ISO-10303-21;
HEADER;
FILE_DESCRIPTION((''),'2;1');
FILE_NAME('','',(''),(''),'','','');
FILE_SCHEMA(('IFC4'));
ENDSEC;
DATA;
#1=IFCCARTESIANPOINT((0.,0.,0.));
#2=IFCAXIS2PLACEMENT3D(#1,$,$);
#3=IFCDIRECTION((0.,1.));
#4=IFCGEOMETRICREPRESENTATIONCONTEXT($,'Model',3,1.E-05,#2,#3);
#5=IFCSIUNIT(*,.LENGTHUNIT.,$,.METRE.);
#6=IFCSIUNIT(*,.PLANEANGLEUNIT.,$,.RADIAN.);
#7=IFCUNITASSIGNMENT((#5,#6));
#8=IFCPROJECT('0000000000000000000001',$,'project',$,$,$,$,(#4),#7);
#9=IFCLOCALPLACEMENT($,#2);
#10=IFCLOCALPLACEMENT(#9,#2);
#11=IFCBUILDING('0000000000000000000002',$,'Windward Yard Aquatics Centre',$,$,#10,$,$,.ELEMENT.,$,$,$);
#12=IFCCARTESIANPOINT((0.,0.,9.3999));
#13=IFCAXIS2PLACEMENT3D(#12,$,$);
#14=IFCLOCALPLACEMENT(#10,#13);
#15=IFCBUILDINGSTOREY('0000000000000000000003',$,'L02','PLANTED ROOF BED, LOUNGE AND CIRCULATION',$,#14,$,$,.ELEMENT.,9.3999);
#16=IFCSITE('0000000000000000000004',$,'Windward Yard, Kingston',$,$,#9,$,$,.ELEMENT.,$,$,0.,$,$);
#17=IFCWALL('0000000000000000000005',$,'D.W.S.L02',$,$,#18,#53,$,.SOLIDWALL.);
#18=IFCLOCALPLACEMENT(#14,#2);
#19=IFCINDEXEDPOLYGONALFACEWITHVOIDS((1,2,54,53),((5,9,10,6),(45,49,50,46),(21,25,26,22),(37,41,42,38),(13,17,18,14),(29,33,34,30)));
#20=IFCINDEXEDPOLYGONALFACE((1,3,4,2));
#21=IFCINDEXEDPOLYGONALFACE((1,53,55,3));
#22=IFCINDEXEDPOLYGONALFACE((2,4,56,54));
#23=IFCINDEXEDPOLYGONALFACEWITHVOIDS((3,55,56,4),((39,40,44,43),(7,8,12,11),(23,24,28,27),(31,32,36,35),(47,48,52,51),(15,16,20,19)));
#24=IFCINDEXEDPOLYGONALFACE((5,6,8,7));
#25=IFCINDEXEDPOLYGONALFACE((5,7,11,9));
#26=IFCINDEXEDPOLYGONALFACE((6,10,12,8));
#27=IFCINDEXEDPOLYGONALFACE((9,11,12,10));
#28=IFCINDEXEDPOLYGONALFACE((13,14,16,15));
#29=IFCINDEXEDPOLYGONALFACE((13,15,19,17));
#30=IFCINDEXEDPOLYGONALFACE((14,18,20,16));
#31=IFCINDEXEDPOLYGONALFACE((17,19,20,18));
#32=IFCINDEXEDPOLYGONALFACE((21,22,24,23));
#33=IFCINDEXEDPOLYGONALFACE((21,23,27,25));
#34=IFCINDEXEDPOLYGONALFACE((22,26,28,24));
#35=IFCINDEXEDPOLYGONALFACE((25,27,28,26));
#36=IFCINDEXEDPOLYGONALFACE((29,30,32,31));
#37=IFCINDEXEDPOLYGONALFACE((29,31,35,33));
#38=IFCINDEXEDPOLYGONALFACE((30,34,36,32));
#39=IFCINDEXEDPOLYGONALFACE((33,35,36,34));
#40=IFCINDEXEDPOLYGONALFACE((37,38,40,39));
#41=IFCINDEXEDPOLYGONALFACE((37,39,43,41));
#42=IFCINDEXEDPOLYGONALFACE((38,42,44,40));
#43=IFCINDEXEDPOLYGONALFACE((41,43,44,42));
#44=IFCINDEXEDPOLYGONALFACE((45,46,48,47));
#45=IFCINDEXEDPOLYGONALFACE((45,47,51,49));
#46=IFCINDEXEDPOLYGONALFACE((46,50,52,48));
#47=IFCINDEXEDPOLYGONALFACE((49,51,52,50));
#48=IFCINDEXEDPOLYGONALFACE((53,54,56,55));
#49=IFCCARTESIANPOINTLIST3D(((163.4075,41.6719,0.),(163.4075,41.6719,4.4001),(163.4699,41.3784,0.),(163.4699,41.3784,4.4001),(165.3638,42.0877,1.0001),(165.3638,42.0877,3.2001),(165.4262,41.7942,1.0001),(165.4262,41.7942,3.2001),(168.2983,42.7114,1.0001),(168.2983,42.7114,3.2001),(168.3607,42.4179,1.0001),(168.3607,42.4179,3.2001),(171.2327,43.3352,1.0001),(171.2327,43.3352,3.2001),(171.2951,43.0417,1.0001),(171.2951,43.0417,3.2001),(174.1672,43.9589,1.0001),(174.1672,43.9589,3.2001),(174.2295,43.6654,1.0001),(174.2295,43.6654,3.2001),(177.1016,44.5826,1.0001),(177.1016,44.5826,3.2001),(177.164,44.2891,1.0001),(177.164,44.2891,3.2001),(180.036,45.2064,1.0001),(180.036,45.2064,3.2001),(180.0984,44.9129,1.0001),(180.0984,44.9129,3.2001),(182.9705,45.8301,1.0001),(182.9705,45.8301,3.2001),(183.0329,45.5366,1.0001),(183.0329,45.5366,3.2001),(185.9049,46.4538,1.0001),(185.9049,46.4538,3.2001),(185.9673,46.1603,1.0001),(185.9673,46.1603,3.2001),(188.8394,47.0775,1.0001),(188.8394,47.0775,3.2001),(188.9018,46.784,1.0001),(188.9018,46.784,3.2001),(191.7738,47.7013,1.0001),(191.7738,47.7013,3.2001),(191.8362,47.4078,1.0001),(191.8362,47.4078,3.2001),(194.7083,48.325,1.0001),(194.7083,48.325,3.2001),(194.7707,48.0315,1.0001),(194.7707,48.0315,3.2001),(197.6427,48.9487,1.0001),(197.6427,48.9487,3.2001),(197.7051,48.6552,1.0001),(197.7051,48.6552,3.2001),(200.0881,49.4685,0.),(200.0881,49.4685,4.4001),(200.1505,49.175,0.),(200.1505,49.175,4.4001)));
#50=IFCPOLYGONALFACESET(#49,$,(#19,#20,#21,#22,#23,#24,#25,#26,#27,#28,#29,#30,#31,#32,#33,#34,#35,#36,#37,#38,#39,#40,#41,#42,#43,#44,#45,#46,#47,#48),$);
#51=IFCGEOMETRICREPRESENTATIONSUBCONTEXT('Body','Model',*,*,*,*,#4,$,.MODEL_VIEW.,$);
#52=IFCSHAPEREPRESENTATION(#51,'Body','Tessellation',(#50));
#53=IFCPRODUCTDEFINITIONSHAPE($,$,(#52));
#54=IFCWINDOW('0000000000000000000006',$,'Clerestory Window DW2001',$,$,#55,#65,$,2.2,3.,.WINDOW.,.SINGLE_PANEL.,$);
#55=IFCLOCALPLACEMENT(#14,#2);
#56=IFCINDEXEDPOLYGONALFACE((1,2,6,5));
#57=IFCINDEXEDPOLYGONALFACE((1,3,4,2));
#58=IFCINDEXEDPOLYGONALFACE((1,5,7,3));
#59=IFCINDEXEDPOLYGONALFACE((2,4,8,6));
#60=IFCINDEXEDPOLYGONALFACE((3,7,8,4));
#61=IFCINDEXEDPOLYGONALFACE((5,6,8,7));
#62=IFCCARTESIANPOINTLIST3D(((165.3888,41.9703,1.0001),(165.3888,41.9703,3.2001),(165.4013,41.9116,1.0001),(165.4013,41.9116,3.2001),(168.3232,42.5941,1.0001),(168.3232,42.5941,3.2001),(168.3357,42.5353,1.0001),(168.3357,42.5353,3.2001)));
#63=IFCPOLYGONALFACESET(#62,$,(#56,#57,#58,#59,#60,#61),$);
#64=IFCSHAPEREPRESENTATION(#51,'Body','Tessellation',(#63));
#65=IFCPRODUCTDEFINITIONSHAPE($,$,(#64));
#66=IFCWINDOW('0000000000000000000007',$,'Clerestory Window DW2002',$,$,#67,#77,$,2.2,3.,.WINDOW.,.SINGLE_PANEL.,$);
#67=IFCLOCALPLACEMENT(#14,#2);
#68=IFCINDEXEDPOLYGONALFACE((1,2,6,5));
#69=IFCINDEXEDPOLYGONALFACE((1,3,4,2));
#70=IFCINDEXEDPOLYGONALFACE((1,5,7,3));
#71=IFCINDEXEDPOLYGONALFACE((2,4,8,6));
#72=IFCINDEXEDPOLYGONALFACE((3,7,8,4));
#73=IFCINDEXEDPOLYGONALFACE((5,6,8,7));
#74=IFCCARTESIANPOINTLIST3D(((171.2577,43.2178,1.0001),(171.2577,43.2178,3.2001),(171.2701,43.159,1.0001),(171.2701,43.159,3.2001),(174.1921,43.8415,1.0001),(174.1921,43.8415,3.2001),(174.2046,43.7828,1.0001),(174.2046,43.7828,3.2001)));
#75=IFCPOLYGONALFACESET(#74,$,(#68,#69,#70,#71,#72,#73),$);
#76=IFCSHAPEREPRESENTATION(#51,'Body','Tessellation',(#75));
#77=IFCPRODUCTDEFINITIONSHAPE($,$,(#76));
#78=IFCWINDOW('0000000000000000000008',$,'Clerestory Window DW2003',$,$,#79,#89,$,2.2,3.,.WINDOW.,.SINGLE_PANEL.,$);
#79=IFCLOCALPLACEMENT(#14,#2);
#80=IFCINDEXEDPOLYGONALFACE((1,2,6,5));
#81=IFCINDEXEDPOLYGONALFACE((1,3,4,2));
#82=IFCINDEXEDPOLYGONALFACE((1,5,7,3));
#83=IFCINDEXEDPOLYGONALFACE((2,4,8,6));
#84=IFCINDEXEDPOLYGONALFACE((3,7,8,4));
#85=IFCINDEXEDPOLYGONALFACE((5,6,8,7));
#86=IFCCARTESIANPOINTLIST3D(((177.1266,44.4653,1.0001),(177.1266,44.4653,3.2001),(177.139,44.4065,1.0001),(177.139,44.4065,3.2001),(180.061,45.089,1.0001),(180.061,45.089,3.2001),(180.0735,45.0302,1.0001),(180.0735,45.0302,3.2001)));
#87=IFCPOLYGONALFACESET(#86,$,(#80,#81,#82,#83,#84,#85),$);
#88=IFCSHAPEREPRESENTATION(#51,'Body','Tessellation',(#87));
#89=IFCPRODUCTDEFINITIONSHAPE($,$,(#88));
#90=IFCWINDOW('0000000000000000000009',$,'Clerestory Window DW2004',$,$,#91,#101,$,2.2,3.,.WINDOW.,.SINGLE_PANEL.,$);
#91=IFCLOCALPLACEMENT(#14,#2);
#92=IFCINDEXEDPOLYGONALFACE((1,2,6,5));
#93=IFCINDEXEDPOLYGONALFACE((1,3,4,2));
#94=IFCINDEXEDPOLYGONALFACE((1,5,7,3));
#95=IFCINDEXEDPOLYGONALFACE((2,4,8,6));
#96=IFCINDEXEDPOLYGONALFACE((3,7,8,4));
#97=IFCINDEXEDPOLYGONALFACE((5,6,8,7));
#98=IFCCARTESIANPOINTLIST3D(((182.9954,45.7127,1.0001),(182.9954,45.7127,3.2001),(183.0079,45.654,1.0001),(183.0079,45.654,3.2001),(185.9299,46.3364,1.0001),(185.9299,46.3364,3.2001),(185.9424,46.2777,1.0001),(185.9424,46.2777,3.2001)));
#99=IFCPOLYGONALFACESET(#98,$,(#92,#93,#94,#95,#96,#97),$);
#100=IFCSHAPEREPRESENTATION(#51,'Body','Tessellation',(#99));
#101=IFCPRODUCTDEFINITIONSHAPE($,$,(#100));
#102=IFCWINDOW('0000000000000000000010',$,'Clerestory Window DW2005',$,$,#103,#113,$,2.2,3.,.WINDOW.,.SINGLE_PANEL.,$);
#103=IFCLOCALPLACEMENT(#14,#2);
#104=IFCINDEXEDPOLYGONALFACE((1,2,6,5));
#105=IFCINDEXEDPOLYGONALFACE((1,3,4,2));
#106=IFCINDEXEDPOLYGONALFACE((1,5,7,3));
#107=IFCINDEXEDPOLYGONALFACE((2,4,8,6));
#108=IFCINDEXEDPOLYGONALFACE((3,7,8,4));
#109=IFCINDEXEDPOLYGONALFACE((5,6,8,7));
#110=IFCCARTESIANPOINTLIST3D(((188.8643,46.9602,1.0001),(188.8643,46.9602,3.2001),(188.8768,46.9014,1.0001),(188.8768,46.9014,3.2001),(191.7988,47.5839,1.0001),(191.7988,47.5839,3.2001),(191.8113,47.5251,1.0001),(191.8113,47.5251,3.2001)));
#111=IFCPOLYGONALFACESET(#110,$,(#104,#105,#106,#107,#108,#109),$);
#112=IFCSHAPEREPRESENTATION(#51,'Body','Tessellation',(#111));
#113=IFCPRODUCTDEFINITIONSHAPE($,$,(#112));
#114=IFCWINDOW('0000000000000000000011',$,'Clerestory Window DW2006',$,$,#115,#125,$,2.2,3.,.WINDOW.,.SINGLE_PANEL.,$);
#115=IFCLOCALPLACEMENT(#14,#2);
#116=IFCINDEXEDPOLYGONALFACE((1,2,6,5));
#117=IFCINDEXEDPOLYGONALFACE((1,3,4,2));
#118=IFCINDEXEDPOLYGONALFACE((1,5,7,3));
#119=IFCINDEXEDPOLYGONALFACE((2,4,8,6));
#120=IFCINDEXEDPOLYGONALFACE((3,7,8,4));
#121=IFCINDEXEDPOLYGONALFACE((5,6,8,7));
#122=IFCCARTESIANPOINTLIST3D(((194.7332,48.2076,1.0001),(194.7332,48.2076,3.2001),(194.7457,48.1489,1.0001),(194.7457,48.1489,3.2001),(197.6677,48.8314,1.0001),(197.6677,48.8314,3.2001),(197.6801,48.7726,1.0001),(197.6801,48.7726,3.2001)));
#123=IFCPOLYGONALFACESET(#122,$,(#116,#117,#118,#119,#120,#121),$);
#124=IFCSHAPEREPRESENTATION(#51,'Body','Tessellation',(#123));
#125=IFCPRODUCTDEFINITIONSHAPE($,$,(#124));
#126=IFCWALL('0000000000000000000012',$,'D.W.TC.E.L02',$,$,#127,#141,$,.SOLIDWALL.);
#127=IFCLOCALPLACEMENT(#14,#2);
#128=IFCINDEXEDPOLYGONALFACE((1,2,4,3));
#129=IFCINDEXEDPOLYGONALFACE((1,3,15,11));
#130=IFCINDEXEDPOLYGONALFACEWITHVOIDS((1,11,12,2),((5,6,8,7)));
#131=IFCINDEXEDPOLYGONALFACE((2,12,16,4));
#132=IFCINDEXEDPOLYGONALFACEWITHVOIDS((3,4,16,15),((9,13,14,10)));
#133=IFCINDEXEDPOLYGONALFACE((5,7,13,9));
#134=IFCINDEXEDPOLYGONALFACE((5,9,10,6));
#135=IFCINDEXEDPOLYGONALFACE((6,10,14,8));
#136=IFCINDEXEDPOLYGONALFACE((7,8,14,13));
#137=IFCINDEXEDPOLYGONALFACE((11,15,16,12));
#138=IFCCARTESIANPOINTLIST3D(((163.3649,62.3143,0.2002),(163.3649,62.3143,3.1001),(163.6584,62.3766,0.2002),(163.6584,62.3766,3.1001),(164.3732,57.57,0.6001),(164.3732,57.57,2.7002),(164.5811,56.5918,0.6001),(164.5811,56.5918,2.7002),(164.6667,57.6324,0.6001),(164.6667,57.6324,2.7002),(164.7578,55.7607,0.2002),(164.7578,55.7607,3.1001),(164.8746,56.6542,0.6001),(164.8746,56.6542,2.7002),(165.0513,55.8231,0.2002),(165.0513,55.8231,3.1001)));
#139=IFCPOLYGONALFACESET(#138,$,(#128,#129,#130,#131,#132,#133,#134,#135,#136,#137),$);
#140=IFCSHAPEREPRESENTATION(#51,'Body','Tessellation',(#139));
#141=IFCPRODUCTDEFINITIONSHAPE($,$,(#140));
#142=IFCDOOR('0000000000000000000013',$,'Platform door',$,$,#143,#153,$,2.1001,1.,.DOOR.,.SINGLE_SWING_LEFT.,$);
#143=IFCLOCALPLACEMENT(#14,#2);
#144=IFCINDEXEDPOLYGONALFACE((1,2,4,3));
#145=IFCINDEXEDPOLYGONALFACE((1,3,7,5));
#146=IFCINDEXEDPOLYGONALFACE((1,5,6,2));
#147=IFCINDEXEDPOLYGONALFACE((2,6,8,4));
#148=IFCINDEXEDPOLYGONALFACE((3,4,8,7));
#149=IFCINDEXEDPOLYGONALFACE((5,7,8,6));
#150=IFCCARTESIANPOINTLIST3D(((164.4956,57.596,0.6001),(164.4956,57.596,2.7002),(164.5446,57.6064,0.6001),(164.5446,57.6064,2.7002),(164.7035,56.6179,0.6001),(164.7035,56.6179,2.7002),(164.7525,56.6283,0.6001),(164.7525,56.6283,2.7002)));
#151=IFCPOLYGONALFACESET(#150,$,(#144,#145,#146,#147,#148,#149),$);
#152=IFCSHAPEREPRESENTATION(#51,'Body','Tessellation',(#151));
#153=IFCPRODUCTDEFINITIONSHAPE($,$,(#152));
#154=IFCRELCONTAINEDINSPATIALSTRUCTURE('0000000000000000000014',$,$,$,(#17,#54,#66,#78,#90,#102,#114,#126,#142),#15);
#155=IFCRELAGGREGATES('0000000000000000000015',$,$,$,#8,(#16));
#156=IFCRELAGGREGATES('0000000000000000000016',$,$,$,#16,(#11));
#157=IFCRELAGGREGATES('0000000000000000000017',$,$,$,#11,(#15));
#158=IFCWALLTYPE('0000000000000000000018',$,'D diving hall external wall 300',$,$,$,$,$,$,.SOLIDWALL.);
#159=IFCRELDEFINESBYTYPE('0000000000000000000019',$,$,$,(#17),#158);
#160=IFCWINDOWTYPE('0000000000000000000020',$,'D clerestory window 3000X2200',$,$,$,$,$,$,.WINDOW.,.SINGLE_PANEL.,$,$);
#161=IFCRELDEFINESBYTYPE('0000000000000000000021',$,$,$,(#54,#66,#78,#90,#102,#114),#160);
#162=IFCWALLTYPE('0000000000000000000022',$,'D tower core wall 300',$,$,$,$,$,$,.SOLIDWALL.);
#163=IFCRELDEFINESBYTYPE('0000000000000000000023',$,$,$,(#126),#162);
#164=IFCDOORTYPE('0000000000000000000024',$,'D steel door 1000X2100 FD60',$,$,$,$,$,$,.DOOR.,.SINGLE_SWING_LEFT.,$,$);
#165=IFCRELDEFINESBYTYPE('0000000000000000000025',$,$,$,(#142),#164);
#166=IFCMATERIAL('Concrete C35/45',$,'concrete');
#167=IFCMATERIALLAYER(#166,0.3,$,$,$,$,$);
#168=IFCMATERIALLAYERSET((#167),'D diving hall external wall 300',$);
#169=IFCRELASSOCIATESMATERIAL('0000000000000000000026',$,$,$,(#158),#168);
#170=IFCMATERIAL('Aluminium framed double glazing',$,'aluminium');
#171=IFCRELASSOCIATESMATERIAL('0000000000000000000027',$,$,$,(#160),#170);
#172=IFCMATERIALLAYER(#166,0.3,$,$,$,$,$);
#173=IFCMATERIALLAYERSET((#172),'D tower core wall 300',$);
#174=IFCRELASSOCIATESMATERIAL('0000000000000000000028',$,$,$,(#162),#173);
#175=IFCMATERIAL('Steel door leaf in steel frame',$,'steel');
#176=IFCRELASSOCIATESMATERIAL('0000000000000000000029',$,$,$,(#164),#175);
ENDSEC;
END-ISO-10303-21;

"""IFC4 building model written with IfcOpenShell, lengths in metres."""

from ifc_helpers import new_model, si_unit, direction, frame, frame_2d, origin, place, context, subcontext, project, spatial, rectangle, extrude, material, layer, layer_set, type_object, element, fill, save


model = new_model("IFC4")

# Units and contexts
model_context = context("Model", 3, precision=1e-05, world=origin(), true_north=direction((0.0, 1.0)))
body_context = subcontext(model_context, "Body", "Model", "MODEL_VIEW")
ifc_project = project(units=[si_unit("LENGTHUNIT", "METRE"), si_unit("PLANEANGLEUNIT", "RADIAN")], contexts=[model_context])

# Site, building, storey
site_placement = place(None, origin())
site = spatial("IfcSite", under=ifc_project, at=site_placement, Name="Windward Yard, Kingston", CompositionType="ELEMENT", RefElevation=0.0)
building_placement = place(site_placement, origin())
building = spatial("IfcBuilding", under=site, at=building_placement, Name="Windward Yard Aquatics Centre", CompositionType="ELEMENT")
storey_placement = place(building_placement, frame((0.0, 0.0, 9.3999)))
storey = spatial("IfcBuildingStorey", under=building, at=storey_placement, Name="L02", Description="PLANTED ROOF BED, LOUNGE AND CIRCULATION", CompositionType="ELEMENT", Elevation=9.3999)

# Wall, openings, windows
ifc_material_1 = material(Name="Concrete C35/45", Category="concrete")
ifc_layer_1 = layer(ifc_material_1, 0.3)
ifc_layer_set_1 = layer_set([ifc_layer_1], Name="D diving hall external wall 300")
wall_type_1 = type_object("IfcWallType", Name="D diving hall external wall 300", PredefinedType="SOLIDWALL", material=ifc_layer_set_1)
wall_1_placement = place(storey_placement, frame((163.4387, 41.5251, 0.0), z_axis=(0.0, 0.0, 1.0), x_axis=(0.978148, 0.20791, 0.0)))
wall_1 = element("IfcWall", 1, at=wall_1_placement, inside=storey, type_object=wall_type_1, Name="D.W.S.L02", PredefinedType="SOLIDWALL", context=body_context, shape_type="SweptSolid", body=[
    extrude(rectangle(XDim=37.5, YDim=0.3, at=frame_2d((18.75, 0.0))), origin(), (0.0, 0.0, 1.0), 4.4001),
])
opening_1_placement = place(wall_1_placement, frame((2.0, 0.0, 1.0)))
opening_1 = element("IfcOpeningElement", 2, at=opening_1_placement, cuts=wall_1, PredefinedType="OPENING", context=body_context, shape_type="SweptSolid", body=[
    extrude(rectangle(XDim=3.0, YDim=2.2, at=frame_2d((1.5, 1.1001))), frame((0.0, 0.1602, 0.0), z_axis=(0.0, -1.0, 0.0), x_axis=(1.0, 0.0, 0.0)), (0.0, 0.0, 1.0), 0.3201),
])
opening_2_placement = place(wall_1_placement, frame((8.0, 0.0, 1.0)))
opening_2 = element("IfcOpeningElement", 3, at=opening_2_placement, cuts=wall_1, PredefinedType="OPENING", context=body_context, shape_type="SweptSolid", body=[
    extrude(rectangle(XDim=3.0, YDim=2.2, at=frame_2d((1.5, 1.1001))), frame((0.0, 0.1602, 0.0), z_axis=(0.0, -1.0, 0.0), x_axis=(1.0, 0.0, 0.0)), (0.0, 0.0, 1.0), 0.3201),
])
opening_3_placement = place(wall_1_placement, frame((14.0, 0.0, 1.0)))
opening_3 = element("IfcOpeningElement", 4, at=opening_3_placement, cuts=wall_1, PredefinedType="OPENING", context=body_context, shape_type="SweptSolid", body=[
    extrude(rectangle(XDim=3.0, YDim=2.2, at=frame_2d((1.5, 1.1001))), frame((0.0, 0.1602, 0.0), z_axis=(0.0, -1.0, 0.0), x_axis=(1.0, 0.0, 0.0)), (0.0, 0.0, 1.0), 0.3201),
])
opening_4_placement = place(wall_1_placement, frame((20.0, 0.0, 1.0)))
opening_4 = element("IfcOpeningElement", 5, at=opening_4_placement, cuts=wall_1, PredefinedType="OPENING", context=body_context, shape_type="SweptSolid", body=[
    extrude(rectangle(XDim=3.0, YDim=2.2, at=frame_2d((1.5, 1.1001))), frame((0.0, 0.1602, 0.0), z_axis=(0.0, -1.0, 0.0), x_axis=(1.0, 0.0, 0.0)), (0.0, 0.0, 1.0), 0.3201),
])
opening_5_placement = place(wall_1_placement, frame((26.0, 0.0, 1.0)))
opening_5 = element("IfcOpeningElement", 6, at=opening_5_placement, cuts=wall_1, PredefinedType="OPENING", context=body_context, shape_type="SweptSolid", body=[
    extrude(rectangle(XDim=3.0, YDim=2.2, at=frame_2d((1.5, 1.1001))), frame((0.0, 0.1602, 0.0), z_axis=(0.0, -1.0, 0.0), x_axis=(1.0, 0.0, 0.0)), (0.0, 0.0, 1.0), 0.3201),
])
opening_6_placement = place(wall_1_placement, frame((32.0, 0.0, 1.0)))
opening_6 = element("IfcOpeningElement", 7, at=opening_6_placement, cuts=wall_1, PredefinedType="OPENING", context=body_context, shape_type="SweptSolid", body=[
    extrude(rectangle(XDim=3.0, YDim=2.2, at=frame_2d((1.5, 1.1001))), frame((0.0, 0.1602, 0.0), z_axis=(0.0, -1.0, 0.0), x_axis=(1.0, 0.0, 0.0)), (0.0, 0.0, 1.0), 0.3201),
])
ifc_material_2 = material(Name="Aluminium framed double glazing", Category="aluminium")
window_type = type_object("IfcWindowType", Name="D clerestory window 3000X2200", PartitioningType="SINGLE_PANEL", PredefinedType="WINDOW", material=ifc_material_2)
window_1_placement = place(opening_1_placement, origin())
window_1 = element("IfcWindow", 8, at=window_1_placement, inside=storey, type_object=window_type, Name="Clerestory Window DW2001", OverallHeight=2.2, OverallWidth=3.0, PartitioningType="SINGLE_PANEL", PredefinedType="WINDOW", context=body_context, shape_type="SweptSolid", body=[
    extrude(rectangle(XDim=3.0, YDim=2.2, at=frame_2d((1.5, 1.1001))), frame((0.0, 0.03, 0.0), z_axis=(0.0, -1.0, 0.0), x_axis=(1.0, 0.0, 0.0)), (0.0, 0.0, 1.0), 0.0601),
])
fill(opening_1, window_1)
window_2_placement = place(opening_2_placement, origin())
window_2 = element("IfcWindow", 9, at=window_2_placement, inside=storey, type_object=window_type, Name="Clerestory Window DW2002", OverallHeight=2.2, OverallWidth=3.0, PartitioningType="SINGLE_PANEL", PredefinedType="WINDOW", context=body_context, shape_type="SweptSolid", body=[
    extrude(rectangle(XDim=3.0, YDim=2.2, at=frame_2d((1.5, 1.1001))), frame((0.0, 0.03, 0.0), z_axis=(0.0, -1.0, 0.0), x_axis=(1.0, 0.0, 0.0)), (0.0, 0.0, 1.0), 0.0601),
])
fill(opening_2, window_2)
window_3_placement = place(opening_3_placement, origin())
window_3 = element("IfcWindow", 10, at=window_3_placement, inside=storey, type_object=window_type, Name="Clerestory Window DW2003", OverallHeight=2.2, OverallWidth=3.0, PartitioningType="SINGLE_PANEL", PredefinedType="WINDOW", context=body_context, shape_type="SweptSolid", body=[
    extrude(rectangle(XDim=3.0, YDim=2.2, at=frame_2d((1.5, 1.1001))), frame((0.0, 0.03, 0.0), z_axis=(0.0, -1.0, 0.0), x_axis=(1.0, 0.0, 0.0)), (0.0, 0.0, 1.0), 0.0601),
])
fill(opening_3, window_3)
window_4_placement = place(opening_4_placement, origin())
window_4 = element("IfcWindow", 11, at=window_4_placement, inside=storey, type_object=window_type, Name="Clerestory Window DW2004", OverallHeight=2.2, OverallWidth=3.0, PartitioningType="SINGLE_PANEL", PredefinedType="WINDOW", context=body_context, shape_type="SweptSolid", body=[
    extrude(rectangle(XDim=3.0, YDim=2.2, at=frame_2d((1.5, 1.1001))), frame((0.0, 0.03, 0.0), z_axis=(0.0, -1.0, 0.0), x_axis=(1.0, 0.0, 0.0)), (0.0, 0.0, 1.0), 0.0601),
])
fill(opening_4, window_4)
window_5_placement = place(opening_5_placement, origin())
window_5 = element("IfcWindow", 12, at=window_5_placement, inside=storey, type_object=window_type, Name="Clerestory Window DW2005", OverallHeight=2.2, OverallWidth=3.0, PartitioningType="SINGLE_PANEL", PredefinedType="WINDOW", context=body_context, shape_type="SweptSolid", body=[
    extrude(rectangle(XDim=3.0, YDim=2.2, at=frame_2d((1.5, 1.1001))), frame((0.0, 0.03, 0.0), z_axis=(0.0, -1.0, 0.0), x_axis=(1.0, 0.0, 0.0)), (0.0, 0.0, 1.0), 0.0601),
])
fill(opening_5, window_5)
window_6_placement = place(opening_6_placement, origin())
window_6 = element("IfcWindow", 13, at=window_6_placement, inside=storey, type_object=window_type, Name="Clerestory Window DW2006", OverallHeight=2.2, OverallWidth=3.0, PartitioningType="SINGLE_PANEL", PredefinedType="WINDOW", context=body_context, shape_type="SweptSolid", body=[
    extrude(rectangle(XDim=3.0, YDim=2.2, at=frame_2d((1.5, 1.1001))), frame((0.0, 0.03, 0.0), z_axis=(0.0, -1.0, 0.0), x_axis=(1.0, 0.0, 0.0)), (0.0, 0.0, 1.0), 0.0601),
])
fill(opening_6, window_6)

# Wall, opening, door
ifc_layer_2 = layer(ifc_material_1, 0.3)
ifc_layer_set_2 = layer_set([ifc_layer_2], Name="D tower core wall 300")
wall_type_2 = type_object("IfcWallType", Name="D tower core wall 300", PredefinedType="SOLIDWALL", material=ifc_layer_set_2)
wall_2_placement = place(storey_placement, frame((164.9045, 55.7917, 0.2002), z_axis=(0.0, 0.0, 1.0), x_axis=(-0.207889, 0.978152, 0.0)))
wall_2 = element("IfcWall", 14, at=wall_2_placement, inside=storey, type_object=wall_type_2, Name="D.W.TC.E.L02", PredefinedType="SOLIDWALL", context=body_context, shape_type="SweptSolid", body=[
    extrude(rectangle(XDim=6.7, YDim=0.3, at=frame_2d((3.3501, 0.0))), origin(), (0.0, 0.0, 1.0), 2.8999),
])
opening_7_placement = place(wall_2_placement, frame((0.8499, 0.0, 0.3999)))
opening_7 = element("IfcOpeningElement", 15, at=opening_7_placement, cuts=wall_2, PredefinedType="OPENING", context=body_context, shape_type="SweptSolid", body=[
    extrude(rectangle(XDim=1.0, YDim=2.1001, at=frame_2d((0.5, 1.05))), frame((0.0, 0.1602, 0.0), z_axis=(0.0, -1.0, 0.0), x_axis=(1.0, 0.0, 0.0)), (0.0, 0.0, 1.0), 0.3201),
])
ifc_material_3 = material(Name="Steel door leaf in steel frame", Category="steel")
door_type = type_object("IfcDoorType", Name="D steel door 1000X2100 FD60", OperationType="SINGLE_SWING_LEFT", PredefinedType="DOOR", material=ifc_material_3)
door_placement = place(opening_7_placement, origin())
door = element("IfcDoor", 16, at=door_placement, inside=storey, type_object=door_type, Name="Platform door", OperationType="SINGLE_SWING_LEFT", OverallHeight=2.1001, OverallWidth=1.0, PredefinedType="DOOR", context=body_context, shape_type="SweptSolid", body=[
    extrude(rectangle(XDim=1.0, YDim=2.1001, at=frame_2d((0.5, 1.05))), frame((0.0, 0.0249, 0.0), z_axis=(0.0, -1.0, 0.0), x_axis=(1.0, 0.0, 0.0)), (0.0, 0.0, 1.0), 0.05),
])
fill(opening_7, door)

save(model, "model.ifc")
